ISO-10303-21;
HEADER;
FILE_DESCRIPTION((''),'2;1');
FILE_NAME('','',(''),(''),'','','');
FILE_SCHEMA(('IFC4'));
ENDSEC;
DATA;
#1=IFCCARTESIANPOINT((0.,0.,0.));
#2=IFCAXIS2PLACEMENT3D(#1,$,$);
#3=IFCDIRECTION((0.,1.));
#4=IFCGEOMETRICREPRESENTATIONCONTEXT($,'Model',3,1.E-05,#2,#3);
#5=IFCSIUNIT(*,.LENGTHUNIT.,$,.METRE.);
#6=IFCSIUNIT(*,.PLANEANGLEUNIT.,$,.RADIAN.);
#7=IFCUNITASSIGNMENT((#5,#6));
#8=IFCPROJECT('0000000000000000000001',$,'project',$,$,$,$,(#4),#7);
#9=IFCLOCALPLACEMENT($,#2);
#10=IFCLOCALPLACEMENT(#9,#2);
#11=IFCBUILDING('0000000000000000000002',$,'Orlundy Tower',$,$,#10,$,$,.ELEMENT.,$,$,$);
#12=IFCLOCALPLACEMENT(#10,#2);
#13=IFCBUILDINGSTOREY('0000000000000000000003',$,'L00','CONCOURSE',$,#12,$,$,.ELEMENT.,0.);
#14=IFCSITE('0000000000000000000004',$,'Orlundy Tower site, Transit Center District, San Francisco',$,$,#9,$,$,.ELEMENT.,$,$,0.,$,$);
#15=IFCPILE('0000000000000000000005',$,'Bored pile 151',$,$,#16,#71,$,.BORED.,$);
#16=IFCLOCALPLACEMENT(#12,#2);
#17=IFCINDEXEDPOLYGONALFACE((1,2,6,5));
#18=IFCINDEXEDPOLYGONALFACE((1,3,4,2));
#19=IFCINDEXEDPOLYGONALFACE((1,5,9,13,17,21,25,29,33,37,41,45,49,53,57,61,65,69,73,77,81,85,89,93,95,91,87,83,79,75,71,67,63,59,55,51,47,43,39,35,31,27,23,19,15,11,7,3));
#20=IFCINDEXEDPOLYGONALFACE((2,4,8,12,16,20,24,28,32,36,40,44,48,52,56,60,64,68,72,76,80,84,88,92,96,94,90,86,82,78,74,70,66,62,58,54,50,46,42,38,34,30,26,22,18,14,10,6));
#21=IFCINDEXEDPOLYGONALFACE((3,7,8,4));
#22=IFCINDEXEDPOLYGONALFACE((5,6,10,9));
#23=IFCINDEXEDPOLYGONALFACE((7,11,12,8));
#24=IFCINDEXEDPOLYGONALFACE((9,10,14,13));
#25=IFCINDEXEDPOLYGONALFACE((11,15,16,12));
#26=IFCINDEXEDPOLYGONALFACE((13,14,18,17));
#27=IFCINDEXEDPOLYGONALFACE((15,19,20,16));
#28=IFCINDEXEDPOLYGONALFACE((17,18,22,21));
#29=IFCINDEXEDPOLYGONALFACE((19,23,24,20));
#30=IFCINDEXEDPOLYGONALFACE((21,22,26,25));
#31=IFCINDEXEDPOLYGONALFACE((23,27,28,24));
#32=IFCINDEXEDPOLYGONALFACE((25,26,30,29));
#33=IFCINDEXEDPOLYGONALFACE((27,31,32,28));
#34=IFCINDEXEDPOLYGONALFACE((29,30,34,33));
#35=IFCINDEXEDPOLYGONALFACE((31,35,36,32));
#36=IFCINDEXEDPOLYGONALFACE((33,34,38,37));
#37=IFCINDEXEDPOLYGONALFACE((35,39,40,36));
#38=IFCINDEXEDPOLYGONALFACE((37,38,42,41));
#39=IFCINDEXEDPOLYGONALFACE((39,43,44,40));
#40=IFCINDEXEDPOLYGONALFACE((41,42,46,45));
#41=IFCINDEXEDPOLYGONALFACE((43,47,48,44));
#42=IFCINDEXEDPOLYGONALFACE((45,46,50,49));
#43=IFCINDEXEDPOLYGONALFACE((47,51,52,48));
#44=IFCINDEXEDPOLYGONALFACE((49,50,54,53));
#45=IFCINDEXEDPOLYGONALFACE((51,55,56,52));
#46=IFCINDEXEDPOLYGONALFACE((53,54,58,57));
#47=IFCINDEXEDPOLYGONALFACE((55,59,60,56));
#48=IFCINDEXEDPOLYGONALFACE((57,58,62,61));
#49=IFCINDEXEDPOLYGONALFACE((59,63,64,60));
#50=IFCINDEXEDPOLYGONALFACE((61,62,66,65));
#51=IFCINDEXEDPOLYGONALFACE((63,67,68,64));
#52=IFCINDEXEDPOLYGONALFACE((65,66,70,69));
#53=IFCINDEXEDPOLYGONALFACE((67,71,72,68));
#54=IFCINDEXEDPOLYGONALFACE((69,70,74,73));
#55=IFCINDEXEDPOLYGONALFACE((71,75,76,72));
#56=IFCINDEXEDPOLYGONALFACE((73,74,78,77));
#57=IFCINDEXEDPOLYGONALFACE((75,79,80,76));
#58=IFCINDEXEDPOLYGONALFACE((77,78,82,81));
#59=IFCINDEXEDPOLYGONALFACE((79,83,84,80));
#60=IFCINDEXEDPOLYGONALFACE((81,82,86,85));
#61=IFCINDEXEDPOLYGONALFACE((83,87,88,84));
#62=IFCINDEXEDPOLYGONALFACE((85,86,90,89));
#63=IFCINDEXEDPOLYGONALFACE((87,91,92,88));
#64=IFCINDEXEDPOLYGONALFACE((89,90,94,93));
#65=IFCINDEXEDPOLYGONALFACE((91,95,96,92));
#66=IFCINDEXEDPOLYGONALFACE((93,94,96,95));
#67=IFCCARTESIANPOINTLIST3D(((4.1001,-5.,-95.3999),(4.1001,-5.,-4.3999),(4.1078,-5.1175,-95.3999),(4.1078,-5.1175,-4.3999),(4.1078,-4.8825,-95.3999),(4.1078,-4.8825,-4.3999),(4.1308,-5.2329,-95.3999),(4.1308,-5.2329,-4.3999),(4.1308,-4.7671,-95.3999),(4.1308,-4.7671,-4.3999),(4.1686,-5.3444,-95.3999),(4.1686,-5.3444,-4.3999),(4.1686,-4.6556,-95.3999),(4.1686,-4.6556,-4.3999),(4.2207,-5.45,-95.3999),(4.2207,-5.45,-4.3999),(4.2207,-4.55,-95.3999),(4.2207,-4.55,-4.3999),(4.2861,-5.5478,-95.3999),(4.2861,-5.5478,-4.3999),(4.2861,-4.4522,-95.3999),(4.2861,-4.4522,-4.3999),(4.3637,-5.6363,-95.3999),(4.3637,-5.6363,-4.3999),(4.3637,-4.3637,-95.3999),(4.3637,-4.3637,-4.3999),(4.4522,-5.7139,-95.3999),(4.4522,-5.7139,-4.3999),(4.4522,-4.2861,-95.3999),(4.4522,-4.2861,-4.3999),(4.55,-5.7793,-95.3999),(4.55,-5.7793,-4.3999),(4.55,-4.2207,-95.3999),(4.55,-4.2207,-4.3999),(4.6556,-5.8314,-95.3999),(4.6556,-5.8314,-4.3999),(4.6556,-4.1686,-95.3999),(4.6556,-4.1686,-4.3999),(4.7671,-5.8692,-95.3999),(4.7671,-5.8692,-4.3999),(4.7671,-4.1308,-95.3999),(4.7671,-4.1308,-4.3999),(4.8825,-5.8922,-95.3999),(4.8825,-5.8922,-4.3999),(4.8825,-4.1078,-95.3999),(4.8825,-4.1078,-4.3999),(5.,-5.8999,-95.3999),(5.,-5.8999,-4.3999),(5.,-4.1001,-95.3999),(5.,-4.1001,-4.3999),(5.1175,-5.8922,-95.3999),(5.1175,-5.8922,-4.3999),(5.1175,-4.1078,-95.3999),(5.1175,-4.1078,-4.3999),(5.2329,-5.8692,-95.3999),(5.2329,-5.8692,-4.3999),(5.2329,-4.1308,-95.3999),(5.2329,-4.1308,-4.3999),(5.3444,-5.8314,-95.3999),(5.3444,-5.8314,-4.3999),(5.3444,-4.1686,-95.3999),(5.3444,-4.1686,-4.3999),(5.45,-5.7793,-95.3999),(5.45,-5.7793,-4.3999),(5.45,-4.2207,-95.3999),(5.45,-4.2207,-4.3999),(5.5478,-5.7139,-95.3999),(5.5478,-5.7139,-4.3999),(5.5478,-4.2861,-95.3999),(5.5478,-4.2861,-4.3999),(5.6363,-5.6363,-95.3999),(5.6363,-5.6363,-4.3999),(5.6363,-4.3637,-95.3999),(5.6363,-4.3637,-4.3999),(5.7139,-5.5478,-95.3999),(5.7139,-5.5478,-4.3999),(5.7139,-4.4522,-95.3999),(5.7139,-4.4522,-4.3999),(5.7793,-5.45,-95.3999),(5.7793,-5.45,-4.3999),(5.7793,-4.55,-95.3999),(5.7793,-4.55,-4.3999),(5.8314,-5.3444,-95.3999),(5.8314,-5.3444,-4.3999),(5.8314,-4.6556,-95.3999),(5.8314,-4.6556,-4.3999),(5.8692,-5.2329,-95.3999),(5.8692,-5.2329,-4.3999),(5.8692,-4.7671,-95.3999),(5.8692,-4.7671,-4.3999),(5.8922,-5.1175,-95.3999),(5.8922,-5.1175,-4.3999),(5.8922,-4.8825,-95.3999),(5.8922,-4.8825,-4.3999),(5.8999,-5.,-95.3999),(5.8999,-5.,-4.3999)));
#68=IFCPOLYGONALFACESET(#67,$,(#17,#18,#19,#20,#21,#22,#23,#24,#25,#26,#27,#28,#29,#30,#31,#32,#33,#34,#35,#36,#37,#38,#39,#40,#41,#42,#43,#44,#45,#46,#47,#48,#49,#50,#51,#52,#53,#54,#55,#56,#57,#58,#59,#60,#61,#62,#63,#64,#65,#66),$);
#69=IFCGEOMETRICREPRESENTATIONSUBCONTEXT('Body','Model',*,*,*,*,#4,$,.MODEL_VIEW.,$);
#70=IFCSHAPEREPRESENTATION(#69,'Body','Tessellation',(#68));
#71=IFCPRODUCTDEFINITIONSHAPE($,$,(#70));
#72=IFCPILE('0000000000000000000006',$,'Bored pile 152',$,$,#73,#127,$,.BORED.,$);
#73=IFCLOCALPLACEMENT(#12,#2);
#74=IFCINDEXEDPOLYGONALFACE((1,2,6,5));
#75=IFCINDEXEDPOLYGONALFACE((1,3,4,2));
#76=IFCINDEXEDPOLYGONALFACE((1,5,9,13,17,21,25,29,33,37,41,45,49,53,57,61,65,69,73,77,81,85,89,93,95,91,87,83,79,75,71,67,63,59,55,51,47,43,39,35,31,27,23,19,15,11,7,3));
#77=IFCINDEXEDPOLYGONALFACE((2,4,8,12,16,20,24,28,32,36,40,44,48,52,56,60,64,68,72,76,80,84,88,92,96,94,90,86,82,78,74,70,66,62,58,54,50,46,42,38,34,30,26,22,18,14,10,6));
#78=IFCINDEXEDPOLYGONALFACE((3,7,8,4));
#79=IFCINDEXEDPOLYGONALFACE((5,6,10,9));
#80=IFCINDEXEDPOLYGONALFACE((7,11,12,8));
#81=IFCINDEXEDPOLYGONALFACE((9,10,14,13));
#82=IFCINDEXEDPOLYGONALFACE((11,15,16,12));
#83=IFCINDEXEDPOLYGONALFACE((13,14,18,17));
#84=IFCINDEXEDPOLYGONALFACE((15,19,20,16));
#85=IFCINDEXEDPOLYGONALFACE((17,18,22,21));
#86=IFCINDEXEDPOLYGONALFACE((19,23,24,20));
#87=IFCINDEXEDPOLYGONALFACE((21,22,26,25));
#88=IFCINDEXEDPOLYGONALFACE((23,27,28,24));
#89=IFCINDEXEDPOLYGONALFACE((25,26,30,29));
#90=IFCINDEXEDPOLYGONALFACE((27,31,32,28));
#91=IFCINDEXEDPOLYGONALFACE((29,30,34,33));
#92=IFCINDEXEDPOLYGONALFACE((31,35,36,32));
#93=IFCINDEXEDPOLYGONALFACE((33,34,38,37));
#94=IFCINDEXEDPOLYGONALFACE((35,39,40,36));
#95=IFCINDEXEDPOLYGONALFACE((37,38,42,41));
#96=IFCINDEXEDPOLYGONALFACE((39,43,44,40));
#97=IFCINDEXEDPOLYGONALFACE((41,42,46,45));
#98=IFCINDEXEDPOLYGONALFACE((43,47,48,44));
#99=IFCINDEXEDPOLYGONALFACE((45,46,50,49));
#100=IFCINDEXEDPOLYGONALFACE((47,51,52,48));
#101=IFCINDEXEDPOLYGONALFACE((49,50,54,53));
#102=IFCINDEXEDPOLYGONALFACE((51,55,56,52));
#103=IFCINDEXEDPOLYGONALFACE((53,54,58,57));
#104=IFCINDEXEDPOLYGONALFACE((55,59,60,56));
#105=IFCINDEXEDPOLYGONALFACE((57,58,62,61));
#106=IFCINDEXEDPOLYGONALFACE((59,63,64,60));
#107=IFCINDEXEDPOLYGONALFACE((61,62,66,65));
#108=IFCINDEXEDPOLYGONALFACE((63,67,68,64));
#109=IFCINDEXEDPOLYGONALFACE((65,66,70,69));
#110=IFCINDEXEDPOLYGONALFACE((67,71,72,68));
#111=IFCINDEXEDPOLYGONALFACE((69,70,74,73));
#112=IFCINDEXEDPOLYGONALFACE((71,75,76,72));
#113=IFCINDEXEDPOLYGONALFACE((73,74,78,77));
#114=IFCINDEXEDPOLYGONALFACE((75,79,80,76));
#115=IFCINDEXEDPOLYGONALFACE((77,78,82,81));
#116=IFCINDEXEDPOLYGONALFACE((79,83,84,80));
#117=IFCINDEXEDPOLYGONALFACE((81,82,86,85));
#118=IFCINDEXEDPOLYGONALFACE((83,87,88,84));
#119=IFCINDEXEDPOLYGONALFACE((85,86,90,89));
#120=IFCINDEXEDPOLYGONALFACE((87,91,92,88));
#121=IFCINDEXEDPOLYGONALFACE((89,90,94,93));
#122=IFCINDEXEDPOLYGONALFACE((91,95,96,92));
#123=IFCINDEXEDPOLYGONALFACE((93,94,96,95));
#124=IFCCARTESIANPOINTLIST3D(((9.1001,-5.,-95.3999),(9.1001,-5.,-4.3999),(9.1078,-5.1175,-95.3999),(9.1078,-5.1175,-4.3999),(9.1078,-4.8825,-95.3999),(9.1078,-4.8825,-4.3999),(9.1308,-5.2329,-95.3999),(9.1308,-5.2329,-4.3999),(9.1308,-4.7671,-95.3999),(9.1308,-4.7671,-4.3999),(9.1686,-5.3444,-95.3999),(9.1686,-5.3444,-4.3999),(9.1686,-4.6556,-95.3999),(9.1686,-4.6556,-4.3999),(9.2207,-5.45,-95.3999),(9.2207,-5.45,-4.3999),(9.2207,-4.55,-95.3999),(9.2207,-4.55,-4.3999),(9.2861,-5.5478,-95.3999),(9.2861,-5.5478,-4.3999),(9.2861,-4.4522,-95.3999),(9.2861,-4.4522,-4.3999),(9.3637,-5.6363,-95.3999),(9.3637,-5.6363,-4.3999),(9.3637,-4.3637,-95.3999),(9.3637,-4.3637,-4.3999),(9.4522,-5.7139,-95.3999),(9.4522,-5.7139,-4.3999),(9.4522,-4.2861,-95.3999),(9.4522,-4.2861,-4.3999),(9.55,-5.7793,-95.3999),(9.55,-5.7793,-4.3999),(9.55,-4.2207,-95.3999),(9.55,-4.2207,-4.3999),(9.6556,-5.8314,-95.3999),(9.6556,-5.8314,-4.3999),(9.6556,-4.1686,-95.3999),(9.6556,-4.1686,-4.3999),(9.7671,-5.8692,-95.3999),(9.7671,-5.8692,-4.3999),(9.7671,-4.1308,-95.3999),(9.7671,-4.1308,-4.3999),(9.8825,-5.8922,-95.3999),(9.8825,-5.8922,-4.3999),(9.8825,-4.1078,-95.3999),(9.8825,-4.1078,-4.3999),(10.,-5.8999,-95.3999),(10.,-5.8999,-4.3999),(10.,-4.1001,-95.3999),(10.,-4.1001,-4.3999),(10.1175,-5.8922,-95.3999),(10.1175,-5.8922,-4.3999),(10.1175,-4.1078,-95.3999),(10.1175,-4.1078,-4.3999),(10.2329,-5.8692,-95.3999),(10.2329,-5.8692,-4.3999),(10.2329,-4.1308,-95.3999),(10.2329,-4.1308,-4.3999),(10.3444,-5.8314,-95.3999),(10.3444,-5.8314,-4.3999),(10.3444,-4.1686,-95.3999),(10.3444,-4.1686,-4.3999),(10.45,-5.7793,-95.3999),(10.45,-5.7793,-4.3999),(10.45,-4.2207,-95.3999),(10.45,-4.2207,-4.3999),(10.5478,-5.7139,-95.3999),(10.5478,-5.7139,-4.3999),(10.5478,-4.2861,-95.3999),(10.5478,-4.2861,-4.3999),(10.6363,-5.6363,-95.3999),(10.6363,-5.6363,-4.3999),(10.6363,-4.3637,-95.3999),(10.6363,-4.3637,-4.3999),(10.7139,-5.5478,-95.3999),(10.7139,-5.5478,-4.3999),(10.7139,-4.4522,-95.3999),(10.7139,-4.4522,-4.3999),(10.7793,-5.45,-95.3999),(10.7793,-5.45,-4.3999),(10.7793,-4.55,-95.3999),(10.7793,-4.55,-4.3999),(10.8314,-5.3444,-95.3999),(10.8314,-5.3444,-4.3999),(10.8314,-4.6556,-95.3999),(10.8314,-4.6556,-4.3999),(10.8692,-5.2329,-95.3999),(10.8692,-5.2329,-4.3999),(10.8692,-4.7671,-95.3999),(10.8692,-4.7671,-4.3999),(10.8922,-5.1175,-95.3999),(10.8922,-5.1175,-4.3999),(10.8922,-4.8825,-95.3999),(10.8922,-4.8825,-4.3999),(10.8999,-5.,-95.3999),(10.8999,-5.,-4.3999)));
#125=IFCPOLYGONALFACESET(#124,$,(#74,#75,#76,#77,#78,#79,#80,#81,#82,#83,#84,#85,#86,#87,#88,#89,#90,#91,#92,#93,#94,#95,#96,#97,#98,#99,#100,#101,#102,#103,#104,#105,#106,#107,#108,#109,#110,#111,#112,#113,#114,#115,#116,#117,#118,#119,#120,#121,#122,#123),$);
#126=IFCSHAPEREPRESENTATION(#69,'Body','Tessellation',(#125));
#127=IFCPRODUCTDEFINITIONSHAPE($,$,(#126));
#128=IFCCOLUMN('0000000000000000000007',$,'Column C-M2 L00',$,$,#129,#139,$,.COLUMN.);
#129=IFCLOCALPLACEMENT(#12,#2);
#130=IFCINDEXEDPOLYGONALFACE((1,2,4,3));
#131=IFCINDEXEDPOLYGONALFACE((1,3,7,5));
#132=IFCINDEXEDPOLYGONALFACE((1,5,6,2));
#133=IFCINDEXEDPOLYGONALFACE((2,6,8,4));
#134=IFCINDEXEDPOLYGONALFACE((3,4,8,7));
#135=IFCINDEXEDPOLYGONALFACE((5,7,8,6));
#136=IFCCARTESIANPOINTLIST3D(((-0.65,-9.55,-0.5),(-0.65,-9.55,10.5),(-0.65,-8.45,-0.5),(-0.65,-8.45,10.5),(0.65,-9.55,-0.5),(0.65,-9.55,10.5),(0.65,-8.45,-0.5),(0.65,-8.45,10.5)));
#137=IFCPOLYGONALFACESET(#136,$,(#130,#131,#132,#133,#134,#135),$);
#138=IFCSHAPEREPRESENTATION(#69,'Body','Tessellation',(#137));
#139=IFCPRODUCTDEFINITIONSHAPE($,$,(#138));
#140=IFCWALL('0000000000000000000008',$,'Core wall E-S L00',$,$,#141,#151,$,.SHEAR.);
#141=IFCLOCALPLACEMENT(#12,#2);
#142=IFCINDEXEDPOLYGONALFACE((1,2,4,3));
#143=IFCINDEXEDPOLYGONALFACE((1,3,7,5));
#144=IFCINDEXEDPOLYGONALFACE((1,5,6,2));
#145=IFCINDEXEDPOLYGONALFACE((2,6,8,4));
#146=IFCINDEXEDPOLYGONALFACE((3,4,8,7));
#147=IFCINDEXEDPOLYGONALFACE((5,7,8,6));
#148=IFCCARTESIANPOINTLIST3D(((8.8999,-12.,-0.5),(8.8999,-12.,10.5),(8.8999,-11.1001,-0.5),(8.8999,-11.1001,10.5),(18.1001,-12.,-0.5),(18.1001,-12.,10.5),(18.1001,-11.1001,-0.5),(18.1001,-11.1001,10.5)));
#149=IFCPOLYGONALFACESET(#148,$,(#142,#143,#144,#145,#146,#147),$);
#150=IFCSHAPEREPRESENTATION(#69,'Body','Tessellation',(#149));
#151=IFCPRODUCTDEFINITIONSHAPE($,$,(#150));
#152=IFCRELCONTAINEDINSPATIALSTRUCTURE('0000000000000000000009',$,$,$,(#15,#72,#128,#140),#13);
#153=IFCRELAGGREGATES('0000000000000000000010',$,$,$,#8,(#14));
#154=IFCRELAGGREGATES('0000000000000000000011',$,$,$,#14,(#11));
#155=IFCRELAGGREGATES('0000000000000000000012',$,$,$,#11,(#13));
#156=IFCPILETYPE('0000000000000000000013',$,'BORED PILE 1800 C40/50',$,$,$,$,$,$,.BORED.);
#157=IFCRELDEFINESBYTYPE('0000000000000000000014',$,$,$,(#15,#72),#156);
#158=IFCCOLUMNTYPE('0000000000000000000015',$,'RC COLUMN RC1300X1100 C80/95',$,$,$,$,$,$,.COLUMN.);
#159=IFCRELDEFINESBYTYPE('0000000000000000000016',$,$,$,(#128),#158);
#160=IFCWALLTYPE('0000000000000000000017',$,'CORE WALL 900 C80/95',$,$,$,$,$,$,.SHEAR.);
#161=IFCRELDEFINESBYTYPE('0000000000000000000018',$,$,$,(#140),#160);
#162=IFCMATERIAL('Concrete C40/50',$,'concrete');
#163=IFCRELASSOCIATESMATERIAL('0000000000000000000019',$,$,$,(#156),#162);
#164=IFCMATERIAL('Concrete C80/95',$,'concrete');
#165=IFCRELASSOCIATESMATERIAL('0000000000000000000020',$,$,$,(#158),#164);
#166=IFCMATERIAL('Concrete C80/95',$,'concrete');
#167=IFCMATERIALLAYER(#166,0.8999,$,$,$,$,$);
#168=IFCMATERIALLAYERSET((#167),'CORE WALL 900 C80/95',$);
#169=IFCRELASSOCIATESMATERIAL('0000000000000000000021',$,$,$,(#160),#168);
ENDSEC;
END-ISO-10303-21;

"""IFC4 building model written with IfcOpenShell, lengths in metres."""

from ifc_helpers import new_model, si_unit, direction, frame, frame_2d, origin, origin_2d, place, context, subcontext, project, spatial, rectangle, circle, extrude, material, layer, layer_set, material_profile, profile_set, type_object, element, save


model = new_model("IFC4")

# Units and contexts
model_context = context("Model", 3, precision=1e-05, world=origin(), true_north=direction((0.0, 1.0)))
body_context = subcontext(model_context, "Body", "Model", "MODEL_VIEW")
ifc_project = project(units=[si_unit("LENGTHUNIT", "METRE"), si_unit("PLANEANGLEUNIT", "RADIAN")], contexts=[model_context])

# Site, building, storey
site_placement = place(None, origin())
site = spatial("IfcSite", under=ifc_project, at=site_placement, Name="Orlundy Tower site, Transit Center District, San Francisco", CompositionType="ELEMENT", RefElevation=0.0)
building_placement = place(site_placement, origin())
building = spatial("IfcBuilding", under=site, at=building_placement, Name="Orlundy Tower", CompositionType="ELEMENT")
storey_placement = place(building_placement, origin())
storey = spatial("IfcBuildingStorey", under=building, at=storey_placement, Name="L00", Description="CONCOURSE", CompositionType="ELEMENT", Elevation=0.0)

# Piles
ifc_material_1 = material(Name="Concrete C40/50", Category="concrete")
ifc_material_profile_1 = material_profile(ifc_material_1, circle(Radius=0.8999, at=origin_2d()), Name="BP1800")
ifc_profile_set_1 = profile_set([ifc_material_profile_1], Name="Concrete C40/50")
pile_type = type_object("IfcPileType", Name="BORED PILE 1800 C40/50", PredefinedType="BORED", material=ifc_profile_set_1)
for number, where, z_axis, x_axis, name in (
    (1, (5.0, -5.0, -4.3999), (0.0, 0.0, -1.0), (1.0, 0.0, 0.0), "Bored pile 151"),
    (2, (10.0, -5.0, -4.3999), (0.0, 0.0, -1.0), (1.0, 0.0, 0.0), "Bored pile 152"),
):
    element("IfcPile", number, at=place(storey_placement, frame(where, z_axis=z_axis, x_axis=x_axis)), inside=storey, type_object=pile_type, Name=name, PredefinedType="BORED", context=body_context, shape_type="SweptSolid", body=[
        extrude(circle(Radius=0.8999, at=origin_2d()), origin(), (0.0, 0.0, 1.0), 91.0),
    ])

# Column
ifc_material_2 = material(Name="Concrete C80/95", Category="concrete")
ifc_material_profile_2 = material_profile(ifc_material_2, rectangle(XDim=1.3, YDim=1.1001, at=origin_2d()), Name="RC1300X1100")
ifc_profile_set_2 = profile_set([ifc_material_profile_2], Name="Concrete C80/95")
column_type = type_object("IfcColumnType", Name="RC COLUMN RC1300X1100 C80/95", PredefinedType="COLUMN", material=ifc_profile_set_2)
column_placement = place(storey_placement, frame((0.0, -9.0, -0.5), z_axis=(0.0, 0.0, 1.0), x_axis=(1.0, 0.0, 0.0)))
element("IfcColumn", 3, at=column_placement, inside=storey, type_object=column_type, Name="Column C-M2 L00", PredefinedType="COLUMN", context=body_context, shape_type="SweptSolid", body=[
    extrude(rectangle(XDim=1.3, YDim=1.1001, at=origin_2d()), origin(), (0.0, 0.0, 1.0), 11.0),
])

# Wall
ifc_material_3 = material(Name="Concrete C80/95", Category="concrete")
ifc_layer_1 = layer(ifc_material_3, 0.8999)
ifc_layer_set_1 = layer_set([ifc_layer_1], Name="CORE WALL 900 C80/95")
wall_type_1 = type_object("IfcWallType", Name="CORE WALL 900 C80/95", PredefinedType="SHEAR", material=ifc_layer_set_1)
wall_1_placement = place(storey_placement, frame((8.8999, -11.55, -0.5), z_axis=(0.0, 0.0, 1.0), x_axis=(1.0, 0.0, 0.0)))
element("IfcWall", 4, at=wall_1_placement, inside=storey, type_object=wall_type_1, Name="Core wall E-S L00", PredefinedType="SHEAR", context=body_context, shape_type="SweptSolid", body=[
    extrude(rectangle(XDim=9.2002, YDim=0.8999, at=frame_2d((4.6001, 0.0))), origin(), (0.0, 0.0, 1.0), 11.0),
])

save(model, "model.ifc")
